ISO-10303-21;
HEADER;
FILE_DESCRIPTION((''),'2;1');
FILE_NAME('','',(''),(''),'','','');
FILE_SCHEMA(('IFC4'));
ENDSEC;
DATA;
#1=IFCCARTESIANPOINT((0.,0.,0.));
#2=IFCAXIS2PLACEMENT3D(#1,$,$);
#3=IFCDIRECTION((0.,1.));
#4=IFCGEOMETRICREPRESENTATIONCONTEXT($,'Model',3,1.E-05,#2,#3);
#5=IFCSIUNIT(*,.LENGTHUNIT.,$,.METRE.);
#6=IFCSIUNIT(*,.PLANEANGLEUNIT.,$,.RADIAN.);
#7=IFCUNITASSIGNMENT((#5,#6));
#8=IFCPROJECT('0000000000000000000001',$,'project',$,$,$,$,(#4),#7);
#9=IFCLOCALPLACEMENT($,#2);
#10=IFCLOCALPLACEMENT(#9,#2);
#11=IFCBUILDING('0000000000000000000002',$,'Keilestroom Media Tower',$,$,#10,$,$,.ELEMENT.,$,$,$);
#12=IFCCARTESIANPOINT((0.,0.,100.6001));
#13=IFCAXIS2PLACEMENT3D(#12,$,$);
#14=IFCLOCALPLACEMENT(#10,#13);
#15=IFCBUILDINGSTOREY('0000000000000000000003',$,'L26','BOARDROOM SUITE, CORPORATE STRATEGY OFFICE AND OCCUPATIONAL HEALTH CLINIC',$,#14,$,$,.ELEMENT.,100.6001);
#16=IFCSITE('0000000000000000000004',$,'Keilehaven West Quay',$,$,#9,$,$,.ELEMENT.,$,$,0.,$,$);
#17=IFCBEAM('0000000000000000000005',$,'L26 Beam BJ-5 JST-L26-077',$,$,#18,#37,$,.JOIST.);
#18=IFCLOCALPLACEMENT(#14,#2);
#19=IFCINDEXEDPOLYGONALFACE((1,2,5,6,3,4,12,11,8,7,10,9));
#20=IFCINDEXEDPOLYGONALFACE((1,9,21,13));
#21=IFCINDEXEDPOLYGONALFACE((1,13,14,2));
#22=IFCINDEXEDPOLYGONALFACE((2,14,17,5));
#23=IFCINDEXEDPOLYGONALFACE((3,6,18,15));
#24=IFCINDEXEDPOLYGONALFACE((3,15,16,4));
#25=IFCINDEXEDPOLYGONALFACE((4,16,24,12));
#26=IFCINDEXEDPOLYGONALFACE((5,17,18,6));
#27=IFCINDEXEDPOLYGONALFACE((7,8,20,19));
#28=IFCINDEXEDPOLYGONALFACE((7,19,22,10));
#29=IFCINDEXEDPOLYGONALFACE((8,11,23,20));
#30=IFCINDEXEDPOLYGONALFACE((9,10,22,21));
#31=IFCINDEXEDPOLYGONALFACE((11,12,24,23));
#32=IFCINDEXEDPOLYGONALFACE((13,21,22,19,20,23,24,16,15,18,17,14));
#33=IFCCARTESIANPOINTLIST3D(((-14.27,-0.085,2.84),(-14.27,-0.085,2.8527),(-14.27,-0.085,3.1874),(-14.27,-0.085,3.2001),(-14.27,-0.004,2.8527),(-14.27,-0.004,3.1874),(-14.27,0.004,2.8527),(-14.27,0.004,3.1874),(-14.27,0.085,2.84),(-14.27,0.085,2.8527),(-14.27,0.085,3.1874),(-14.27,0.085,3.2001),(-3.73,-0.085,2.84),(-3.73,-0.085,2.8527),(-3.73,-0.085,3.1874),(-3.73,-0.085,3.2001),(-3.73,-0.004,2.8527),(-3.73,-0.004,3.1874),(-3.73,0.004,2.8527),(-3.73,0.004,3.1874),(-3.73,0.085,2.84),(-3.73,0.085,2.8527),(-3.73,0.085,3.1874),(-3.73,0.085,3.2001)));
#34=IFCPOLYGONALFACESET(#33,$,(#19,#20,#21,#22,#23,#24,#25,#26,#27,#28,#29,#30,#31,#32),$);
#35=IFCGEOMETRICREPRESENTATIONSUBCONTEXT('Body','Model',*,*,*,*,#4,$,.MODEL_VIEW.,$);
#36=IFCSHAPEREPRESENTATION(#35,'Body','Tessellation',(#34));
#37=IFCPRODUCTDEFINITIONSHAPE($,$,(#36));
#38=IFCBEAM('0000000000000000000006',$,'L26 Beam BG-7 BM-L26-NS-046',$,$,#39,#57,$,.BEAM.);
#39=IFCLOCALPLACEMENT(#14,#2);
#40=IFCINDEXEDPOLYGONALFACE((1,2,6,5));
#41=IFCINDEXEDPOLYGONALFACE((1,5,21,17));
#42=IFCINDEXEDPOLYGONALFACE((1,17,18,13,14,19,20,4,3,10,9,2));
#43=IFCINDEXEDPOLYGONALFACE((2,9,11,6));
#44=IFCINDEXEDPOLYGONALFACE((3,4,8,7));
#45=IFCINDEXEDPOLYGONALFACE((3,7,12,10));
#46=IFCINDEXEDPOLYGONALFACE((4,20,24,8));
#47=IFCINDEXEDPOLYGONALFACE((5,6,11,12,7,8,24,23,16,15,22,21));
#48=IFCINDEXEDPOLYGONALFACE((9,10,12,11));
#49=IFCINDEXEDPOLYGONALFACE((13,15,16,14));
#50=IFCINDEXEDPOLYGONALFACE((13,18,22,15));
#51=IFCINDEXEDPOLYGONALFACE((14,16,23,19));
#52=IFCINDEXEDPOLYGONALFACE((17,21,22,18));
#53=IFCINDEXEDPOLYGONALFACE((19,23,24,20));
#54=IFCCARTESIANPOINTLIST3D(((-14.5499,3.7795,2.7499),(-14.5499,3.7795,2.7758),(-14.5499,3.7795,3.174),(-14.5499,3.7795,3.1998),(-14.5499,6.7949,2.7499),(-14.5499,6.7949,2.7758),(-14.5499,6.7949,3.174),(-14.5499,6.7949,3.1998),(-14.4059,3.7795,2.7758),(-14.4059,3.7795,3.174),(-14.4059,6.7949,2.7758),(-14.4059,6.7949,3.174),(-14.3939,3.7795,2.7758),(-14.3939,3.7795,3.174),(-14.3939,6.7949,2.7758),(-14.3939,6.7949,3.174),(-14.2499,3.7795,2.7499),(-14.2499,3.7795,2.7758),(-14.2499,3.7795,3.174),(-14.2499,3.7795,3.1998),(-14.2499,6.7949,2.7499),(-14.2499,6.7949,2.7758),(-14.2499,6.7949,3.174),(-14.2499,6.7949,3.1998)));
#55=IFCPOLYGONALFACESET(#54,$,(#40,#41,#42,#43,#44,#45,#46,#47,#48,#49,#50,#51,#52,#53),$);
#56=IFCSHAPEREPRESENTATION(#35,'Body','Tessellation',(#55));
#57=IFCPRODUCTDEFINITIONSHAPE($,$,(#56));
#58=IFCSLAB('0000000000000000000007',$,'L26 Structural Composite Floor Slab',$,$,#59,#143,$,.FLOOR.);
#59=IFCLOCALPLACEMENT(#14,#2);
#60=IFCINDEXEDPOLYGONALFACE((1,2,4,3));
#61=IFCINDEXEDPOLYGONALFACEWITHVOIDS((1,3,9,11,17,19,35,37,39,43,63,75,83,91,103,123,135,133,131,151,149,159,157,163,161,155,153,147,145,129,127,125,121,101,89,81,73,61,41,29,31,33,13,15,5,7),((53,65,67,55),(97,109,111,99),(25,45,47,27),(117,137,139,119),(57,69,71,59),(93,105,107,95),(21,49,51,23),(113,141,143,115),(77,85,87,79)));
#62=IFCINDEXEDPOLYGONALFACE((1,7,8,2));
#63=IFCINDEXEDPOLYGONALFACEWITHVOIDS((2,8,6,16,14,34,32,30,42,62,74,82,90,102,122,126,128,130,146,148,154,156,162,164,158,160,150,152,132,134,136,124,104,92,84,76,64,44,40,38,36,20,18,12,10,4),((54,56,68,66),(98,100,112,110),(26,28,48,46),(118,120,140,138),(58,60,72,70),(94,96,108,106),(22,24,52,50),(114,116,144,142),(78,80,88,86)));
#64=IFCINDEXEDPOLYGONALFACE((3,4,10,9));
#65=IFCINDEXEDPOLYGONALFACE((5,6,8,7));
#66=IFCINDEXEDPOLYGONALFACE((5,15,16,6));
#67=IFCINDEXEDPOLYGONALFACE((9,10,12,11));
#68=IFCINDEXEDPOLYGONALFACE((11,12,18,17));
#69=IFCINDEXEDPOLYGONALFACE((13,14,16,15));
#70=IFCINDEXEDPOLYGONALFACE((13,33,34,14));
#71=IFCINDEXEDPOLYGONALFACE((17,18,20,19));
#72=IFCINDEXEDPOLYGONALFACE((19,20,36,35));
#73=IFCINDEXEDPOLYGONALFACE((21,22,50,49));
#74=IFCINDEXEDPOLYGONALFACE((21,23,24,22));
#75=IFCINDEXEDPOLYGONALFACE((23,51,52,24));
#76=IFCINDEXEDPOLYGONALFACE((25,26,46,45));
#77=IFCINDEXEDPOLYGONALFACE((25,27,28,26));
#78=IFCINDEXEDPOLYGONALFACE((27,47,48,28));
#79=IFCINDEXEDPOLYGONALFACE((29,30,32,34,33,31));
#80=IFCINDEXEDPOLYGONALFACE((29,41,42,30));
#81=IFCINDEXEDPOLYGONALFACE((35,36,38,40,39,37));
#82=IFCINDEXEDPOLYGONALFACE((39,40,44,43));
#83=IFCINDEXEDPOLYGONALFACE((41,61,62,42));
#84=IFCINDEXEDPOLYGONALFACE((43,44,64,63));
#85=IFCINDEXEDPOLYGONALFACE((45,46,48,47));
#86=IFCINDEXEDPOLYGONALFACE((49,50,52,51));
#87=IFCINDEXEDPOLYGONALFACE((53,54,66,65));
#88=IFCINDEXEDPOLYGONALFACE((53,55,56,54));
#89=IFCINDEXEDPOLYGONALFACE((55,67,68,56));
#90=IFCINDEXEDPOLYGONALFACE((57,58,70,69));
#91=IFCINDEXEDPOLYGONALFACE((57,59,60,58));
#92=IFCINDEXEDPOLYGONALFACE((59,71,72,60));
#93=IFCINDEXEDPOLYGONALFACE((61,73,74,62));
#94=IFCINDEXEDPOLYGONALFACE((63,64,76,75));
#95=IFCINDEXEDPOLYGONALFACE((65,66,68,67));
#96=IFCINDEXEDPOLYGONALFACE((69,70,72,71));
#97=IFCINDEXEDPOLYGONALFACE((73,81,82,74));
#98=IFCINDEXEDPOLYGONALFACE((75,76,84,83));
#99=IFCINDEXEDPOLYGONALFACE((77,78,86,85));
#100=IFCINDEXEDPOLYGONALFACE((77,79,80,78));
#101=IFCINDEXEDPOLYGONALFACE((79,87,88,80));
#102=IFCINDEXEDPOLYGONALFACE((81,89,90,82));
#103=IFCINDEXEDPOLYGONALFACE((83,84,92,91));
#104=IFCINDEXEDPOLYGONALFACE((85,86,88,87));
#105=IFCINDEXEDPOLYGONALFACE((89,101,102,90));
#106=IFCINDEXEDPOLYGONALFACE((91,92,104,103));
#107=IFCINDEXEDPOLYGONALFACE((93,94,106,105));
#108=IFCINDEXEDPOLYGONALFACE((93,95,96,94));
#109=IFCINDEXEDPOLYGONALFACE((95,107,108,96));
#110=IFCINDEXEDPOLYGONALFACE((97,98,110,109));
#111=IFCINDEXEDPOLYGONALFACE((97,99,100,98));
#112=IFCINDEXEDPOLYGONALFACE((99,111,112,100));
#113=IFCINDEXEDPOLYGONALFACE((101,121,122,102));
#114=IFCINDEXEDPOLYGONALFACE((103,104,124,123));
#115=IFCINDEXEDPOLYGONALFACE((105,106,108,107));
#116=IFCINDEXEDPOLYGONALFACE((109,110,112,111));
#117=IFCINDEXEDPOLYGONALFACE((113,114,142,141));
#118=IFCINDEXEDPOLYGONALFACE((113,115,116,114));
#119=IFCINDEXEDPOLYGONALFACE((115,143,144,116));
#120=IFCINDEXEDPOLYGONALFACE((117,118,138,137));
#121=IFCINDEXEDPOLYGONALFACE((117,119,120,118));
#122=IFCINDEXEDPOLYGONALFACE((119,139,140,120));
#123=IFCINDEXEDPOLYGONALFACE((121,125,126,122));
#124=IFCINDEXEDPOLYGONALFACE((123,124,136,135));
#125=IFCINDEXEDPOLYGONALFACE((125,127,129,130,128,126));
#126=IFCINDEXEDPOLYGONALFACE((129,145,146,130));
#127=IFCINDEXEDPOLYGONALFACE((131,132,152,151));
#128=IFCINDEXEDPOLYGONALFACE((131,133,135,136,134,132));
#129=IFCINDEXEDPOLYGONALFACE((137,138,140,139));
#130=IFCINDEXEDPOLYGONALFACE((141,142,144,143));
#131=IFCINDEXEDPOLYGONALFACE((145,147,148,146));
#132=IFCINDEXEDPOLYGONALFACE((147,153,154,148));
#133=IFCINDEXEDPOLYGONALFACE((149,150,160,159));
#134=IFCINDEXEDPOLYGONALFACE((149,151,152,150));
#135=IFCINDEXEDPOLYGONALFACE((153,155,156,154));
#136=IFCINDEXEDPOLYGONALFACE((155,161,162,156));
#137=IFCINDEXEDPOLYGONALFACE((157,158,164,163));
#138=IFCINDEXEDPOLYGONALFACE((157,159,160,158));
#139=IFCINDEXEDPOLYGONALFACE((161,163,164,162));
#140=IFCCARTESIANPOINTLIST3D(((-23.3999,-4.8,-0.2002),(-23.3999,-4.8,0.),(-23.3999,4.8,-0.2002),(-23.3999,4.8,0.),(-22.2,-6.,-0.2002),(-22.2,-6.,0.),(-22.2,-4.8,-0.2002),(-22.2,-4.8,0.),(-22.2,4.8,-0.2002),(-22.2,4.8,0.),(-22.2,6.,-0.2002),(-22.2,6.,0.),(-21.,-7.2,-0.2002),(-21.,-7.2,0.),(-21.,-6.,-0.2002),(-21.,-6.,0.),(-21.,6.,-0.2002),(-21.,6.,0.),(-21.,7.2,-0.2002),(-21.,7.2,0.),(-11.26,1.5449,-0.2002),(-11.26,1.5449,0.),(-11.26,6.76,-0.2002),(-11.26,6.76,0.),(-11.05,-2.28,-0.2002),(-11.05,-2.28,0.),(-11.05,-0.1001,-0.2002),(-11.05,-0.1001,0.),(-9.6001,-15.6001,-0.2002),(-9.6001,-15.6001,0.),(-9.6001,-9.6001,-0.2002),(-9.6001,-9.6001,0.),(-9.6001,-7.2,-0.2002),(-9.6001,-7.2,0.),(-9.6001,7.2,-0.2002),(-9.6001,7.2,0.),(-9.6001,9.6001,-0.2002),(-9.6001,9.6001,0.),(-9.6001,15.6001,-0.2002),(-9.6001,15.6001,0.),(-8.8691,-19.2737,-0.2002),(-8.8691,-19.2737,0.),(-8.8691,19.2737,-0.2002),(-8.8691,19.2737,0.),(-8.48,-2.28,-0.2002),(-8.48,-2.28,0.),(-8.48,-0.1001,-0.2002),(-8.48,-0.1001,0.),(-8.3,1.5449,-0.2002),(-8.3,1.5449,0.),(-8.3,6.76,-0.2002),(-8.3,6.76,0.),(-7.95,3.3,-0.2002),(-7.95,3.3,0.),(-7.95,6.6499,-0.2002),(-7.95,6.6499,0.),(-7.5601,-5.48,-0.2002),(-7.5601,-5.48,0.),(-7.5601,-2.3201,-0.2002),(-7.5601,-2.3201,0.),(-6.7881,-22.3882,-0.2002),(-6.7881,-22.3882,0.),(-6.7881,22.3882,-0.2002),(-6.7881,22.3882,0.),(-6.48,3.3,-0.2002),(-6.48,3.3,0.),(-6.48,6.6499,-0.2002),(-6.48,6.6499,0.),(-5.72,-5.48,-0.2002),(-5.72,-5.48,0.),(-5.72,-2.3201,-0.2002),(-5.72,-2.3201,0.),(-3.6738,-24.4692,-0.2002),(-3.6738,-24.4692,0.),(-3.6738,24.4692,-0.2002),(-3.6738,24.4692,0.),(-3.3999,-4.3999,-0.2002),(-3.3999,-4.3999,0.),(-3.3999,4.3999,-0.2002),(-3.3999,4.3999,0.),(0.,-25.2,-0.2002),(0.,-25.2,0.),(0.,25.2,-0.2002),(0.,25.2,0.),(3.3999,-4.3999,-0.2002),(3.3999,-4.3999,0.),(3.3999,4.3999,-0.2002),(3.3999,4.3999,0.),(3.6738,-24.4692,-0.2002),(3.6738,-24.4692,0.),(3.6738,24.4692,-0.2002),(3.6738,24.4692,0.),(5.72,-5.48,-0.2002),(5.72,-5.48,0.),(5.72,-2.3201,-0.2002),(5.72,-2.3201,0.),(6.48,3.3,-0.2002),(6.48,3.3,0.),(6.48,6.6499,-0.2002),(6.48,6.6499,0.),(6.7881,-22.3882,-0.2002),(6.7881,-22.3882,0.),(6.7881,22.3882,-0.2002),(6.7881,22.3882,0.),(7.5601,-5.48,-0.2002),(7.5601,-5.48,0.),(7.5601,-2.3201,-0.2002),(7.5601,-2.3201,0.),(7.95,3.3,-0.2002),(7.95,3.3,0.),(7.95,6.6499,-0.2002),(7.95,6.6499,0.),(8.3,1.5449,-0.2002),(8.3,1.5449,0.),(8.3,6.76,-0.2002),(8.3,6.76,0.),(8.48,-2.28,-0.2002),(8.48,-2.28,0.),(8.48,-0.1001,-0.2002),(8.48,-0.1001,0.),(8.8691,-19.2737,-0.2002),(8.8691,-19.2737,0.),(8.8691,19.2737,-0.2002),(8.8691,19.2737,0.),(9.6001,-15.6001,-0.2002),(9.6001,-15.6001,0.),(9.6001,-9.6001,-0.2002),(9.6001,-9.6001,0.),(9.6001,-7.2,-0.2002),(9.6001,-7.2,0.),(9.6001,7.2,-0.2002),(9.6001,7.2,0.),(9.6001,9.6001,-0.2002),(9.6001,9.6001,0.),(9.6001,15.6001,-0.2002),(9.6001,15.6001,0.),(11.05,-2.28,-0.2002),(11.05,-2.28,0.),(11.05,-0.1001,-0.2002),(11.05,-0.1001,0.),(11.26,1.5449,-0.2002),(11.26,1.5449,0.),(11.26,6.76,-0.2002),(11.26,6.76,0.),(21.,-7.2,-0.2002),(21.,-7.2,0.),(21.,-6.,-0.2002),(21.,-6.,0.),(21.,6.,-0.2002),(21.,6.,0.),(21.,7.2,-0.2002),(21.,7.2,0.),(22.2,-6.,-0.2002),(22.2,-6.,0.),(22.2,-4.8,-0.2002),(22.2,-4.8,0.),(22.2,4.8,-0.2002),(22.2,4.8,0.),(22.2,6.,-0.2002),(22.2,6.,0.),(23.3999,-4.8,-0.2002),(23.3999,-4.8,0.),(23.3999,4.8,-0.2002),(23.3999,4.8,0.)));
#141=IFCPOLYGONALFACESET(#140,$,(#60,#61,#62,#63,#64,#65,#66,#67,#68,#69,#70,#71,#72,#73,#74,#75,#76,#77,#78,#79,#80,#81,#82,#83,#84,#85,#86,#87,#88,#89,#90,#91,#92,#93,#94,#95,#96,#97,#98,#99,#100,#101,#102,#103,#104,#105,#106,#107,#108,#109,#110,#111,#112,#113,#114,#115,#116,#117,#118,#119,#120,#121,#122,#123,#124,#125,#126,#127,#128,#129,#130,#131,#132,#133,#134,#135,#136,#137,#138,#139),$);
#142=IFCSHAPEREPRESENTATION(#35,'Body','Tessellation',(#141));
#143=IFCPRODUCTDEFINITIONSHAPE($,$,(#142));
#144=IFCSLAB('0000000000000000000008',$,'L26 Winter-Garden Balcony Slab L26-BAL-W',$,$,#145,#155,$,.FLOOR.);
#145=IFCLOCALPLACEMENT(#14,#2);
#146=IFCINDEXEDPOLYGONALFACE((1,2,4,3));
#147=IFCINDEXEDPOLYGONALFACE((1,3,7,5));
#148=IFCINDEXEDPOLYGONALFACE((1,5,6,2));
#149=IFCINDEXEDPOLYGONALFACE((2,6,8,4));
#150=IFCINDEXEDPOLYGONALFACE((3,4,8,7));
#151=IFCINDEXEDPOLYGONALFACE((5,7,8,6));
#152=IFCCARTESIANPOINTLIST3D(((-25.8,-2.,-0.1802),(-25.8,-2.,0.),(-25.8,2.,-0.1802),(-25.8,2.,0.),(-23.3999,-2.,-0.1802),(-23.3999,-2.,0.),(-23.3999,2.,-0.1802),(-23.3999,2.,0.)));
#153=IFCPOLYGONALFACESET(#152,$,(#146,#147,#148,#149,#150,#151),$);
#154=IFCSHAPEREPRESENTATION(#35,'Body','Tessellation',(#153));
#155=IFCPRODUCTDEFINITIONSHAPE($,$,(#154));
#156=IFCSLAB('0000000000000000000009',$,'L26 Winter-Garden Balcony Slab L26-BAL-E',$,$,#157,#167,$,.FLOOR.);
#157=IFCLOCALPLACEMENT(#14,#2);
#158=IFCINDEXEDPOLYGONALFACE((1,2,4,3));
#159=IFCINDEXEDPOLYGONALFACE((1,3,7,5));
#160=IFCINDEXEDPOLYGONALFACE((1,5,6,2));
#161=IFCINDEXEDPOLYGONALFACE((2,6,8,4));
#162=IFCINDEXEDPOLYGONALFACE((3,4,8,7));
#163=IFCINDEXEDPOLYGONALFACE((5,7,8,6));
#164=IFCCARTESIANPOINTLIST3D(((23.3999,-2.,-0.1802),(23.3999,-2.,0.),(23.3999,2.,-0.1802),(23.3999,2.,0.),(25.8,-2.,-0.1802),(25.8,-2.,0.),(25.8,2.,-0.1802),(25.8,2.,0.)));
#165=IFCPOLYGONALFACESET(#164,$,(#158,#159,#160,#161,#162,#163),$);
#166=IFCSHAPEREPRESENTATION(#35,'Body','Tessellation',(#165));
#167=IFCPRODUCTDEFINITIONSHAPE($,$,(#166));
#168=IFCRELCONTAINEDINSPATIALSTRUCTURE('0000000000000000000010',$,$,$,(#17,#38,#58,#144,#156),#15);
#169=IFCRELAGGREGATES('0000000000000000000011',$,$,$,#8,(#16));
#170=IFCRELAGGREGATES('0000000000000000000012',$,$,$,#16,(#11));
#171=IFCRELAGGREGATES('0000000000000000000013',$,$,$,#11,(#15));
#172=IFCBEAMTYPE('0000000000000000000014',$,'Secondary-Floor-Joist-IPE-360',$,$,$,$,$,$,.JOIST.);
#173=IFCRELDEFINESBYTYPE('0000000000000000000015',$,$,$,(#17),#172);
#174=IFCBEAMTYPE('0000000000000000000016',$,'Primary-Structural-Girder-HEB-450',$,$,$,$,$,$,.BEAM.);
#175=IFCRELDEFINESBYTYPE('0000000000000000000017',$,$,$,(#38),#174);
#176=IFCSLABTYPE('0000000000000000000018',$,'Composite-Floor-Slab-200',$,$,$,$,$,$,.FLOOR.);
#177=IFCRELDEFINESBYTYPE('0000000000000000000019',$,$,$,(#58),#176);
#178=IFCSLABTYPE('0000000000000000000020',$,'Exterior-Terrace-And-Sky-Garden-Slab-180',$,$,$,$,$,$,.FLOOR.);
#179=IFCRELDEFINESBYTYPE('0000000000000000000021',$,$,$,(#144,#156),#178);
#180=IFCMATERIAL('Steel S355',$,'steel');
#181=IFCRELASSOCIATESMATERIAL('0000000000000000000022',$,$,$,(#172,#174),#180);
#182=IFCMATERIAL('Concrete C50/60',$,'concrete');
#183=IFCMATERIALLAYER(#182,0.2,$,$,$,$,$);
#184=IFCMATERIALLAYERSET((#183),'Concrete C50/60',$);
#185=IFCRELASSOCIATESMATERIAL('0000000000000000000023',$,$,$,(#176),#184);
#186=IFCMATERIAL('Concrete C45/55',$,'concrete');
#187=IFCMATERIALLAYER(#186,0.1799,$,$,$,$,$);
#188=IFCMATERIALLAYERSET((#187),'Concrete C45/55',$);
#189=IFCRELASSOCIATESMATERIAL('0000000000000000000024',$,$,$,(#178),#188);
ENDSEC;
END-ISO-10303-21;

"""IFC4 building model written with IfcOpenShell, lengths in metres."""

from ifc_helpers import new_model, si_unit, direction, frame, origin, origin_2d, place, context, subcontext, project, spatial, polyline, i_section, outline, extrude, source, transform, mapped, material, layer, layer_set, material_profile, profile_set, type_object, element, save


model = new_model("IFC4")

# Units and contexts
model_context = context("Model", 3, precision=1e-05, world=origin(), true_north=direction((0.0, 1.0)))
body_context = subcontext(model_context, "Body", "Model", "MODEL_VIEW")
ifc_project = project(units=[si_unit("LENGTHUNIT", "METRE"), si_unit("PLANEANGLEUNIT", "RADIAN")], contexts=[model_context])

# Site, building, storey
site_placement = place(None, origin())
site = spatial("IfcSite", under=ifc_project, at=site_placement, Name="Keilehaven West Quay", CompositionType="ELEMENT", RefElevation=0.0)
building_placement = place(site_placement, origin())
building = spatial("IfcBuilding", under=site, at=building_placement, Name="Keilestroom Media Tower", CompositionType="ELEMENT")
storey_placement = place(building_placement, frame((0.0, 0.0, 100.6001)))
storey = spatial("IfcBuildingStorey", under=building, at=storey_placement, Name="L26", Description="BOARDROOM SUITE, CORPORATE STRATEGY OFFICE AND OCCUPATIONAL HEALTH CLINIC", CompositionType="ELEMENT", Elevation=100.6001)

# Beams
ifc_material_1 = material(Name="Steel S355", Category="steel")
ifc_material_profile_1 = material_profile(ifc_material_1, i_section(OverallWidth=0.1699, OverallDepth=0.3601, WebThickness=0.0081, FlangeThickness=0.0127, at=origin_2d()), Name="IPE 360")
ifc_profile_set_1 = profile_set([ifc_material_profile_1], Name="Steel S355")
beam_type_1 = type_object("IfcBeamType", Name="Secondary-Floor-Joist-IPE-360", PredefinedType="JOIST", material=ifc_profile_set_1)
shared_shape_1 = source(origin(), body_context, "Body", "SweptSolid", [
    extrude(i_section(OverallWidth=0.1699, OverallDepth=0.3601, WebThickness=0.0081, FlangeThickness=0.0127, at=origin_2d()), origin(), (0.0, 0.0, 1.0), 10.54),
])
beam_1_placement = place(storey_placement, frame((-14.27, 0.0, 3.02), z_axis=(1.0, 0.0, 0.0), x_axis=(0.0, 1.0, 0.0)))
element("IfcBeam", 1, at=beam_1_placement, inside=storey, type_object=beam_type_1, Name="L26 Beam BJ-5 JST-L26-077", PredefinedType="JOIST", context=body_context, shape_type="MappedRepresentation", body=[
    mapped(shared_shape_1, transform((0.0, 0.0, 0.0), x_axis=(1.0, 0.0, 0.0), y_axis=(0.0, 1.0, 0.0), z_axis=(0.0, 0.0, 1.0), scale=1.0)),
])
ifc_material_profile_2 = material_profile(ifc_material_1, i_section(OverallWidth=0.3, OverallDepth=0.45, WebThickness=0.012, FlangeThickness=0.0259, at=origin_2d()), Name="HEB 450")
ifc_profile_set_2 = profile_set([ifc_material_profile_2], Name="Steel S355")
beam_type_2 = type_object("IfcBeamType", Name="Primary-Structural-Girder-HEB-450", PredefinedType="BEAM", material=ifc_profile_set_2)
shared_shape_2 = source(origin(), body_context, "Body", "SweptSolid", [
    extrude(i_section(OverallWidth=0.3, OverallDepth=0.45, WebThickness=0.012, FlangeThickness=0.0259, at=origin_2d()), origin(), (0.0, 0.0, 1.0), 3.0154),
])
beam_2_placement = place(storey_placement, frame((-14.3999, 3.7795, 2.9749), z_axis=(0.0, 1.0, 0.0), x_axis=(-1.0, 0.0, 0.0)))
element("IfcBeam", 2, at=beam_2_placement, inside=storey, type_object=beam_type_2, Name="L26 Beam BG-7 BM-L26-NS-046", PredefinedType="BEAM", context=body_context, shape_type="MappedRepresentation", body=[
    mapped(shared_shape_2, transform((0.0, 0.0, 0.0), x_axis=(1.0, 0.0, 0.0), y_axis=(0.0, 1.0, 0.0), z_axis=(0.0, 0.0, 1.0), scale=1.0)),
])

# Slabs
ifc_material_2 = material(Name="Concrete C50/60", Category="concrete")
ifc_layer_1 = layer(ifc_material_2, 0.2)
ifc_layer_set_1 = layer_set([ifc_layer_1], Name="Concrete C50/60")
slab_type_1 = type_object("IfcSlabType", Name="Composite-Floor-Slab-200", PredefinedType="FLOOR", material=ifc_layer_set_1)
slab_1_placement = place(storey_placement, frame((0.0, 0.0, -0.2002)))
element("IfcSlab", 3, at=slab_1_placement, inside=storey, type_object=slab_type_1, Name="L26 Structural Composite Floor Slab", PredefinedType="FLOOR", context=body_context, shape_type="SweptSolid", body=[
    extrude(outline(polyline([(23.3999, -4.8), (23.3999, 4.8), (22.2, 4.8), (22.2, 6.0), (21.0, 6.0), (21.0, 7.2), (9.6001, 7.2), (9.6001, 9.6001), (9.6001, 15.6001), (8.8691, 19.2737), (6.7881, 22.3882), (3.6738, 24.4692), (0.0, 25.2), (-3.6738, 24.4692), (-6.7881, 22.3882), (-8.8691, 19.2737), (-9.6001, 15.6001), (-9.6001, 9.6001), (-9.6001, 7.2), (-21.0, 7.2), (-21.0, 6.0), (-22.2, 6.0), (-22.2, 4.8), (-23.3999, 4.8), (-23.3999, -4.8), (-22.2, -4.8), (-22.2, -6.0), (-21.0, -6.0), (-21.0, -7.2), (-9.6001, -7.2), (-9.6001, -9.6001), (-9.6001, -15.6001), (-8.8691, -19.2737), (-6.7881, -22.3882), (-3.6738, -24.4692), (0.0, -25.2), (3.6738, -24.4692), (6.7881, -22.3882), (8.8691, -19.2737), (9.6001, -15.6001), (9.6001, -9.6001), (9.6001, -7.2), (21.0, -7.2), (21.0, -6.0), (22.2, -6.0), (22.2, -4.8), (23.3999, -4.8)]), holes=[polyline([(-11.26, 1.5449), (-11.26, 6.76), (-8.3, 6.76), (-8.3, 1.5449), (-11.26, 1.5449)]), polyline([(-11.05, -2.28), (-11.05, -0.1001), (-8.48, -0.1001), (-8.48, -2.28), (-11.05, -2.28)]), polyline([(-7.95, 3.3), (-7.95, 6.6499), (-6.48, 6.6499), (-6.48, 3.3), (-7.95, 3.3)]), polyline([(-7.5601, -2.3201), (-5.72, -2.3201), (-5.72, -5.48), (-7.5601, -5.48), (-7.5601, -2.3201)]), polyline([(3.3999, -4.3999), (-3.3999, -4.3999), (-3.3999, 4.3999), (3.3999, 4.3999), (3.3999, -4.3999)]), polyline([(7.5601, -2.3201), (7.5601, -5.48), (5.72, -5.48), (5.72, -2.3201), (7.5601, -2.3201)]), polyline([(6.48, 3.3), (6.48, 6.6499), (7.95, 6.6499), (7.95, 3.3), (6.48, 3.3)]), polyline([(8.3, 1.5449), (8.3, 6.76), (11.26, 6.76), (11.26, 1.5449), (8.3, 1.5449)]), polyline([(8.48, -2.28), (8.48, -0.1001), (11.05, -0.1001), (11.05, -2.28), (8.48, -2.28)])]), origin(), (0.0, 0.0, 1.0), 0.2002),
])
ifc_material_3 = material(Name="Concrete C45/55", Category="concrete")
ifc_layer_2 = layer(ifc_material_3, 0.1799)
ifc_layer_set_2 = layer_set([ifc_layer_2], Name="Concrete C45/55")
slab_type_2 = type_object("IfcSlabType", Name="Exterior-Terrace-And-Sky-Garden-Slab-180", PredefinedType="FLOOR", material=ifc_layer_set_2)
slab_2_placement = place(storey_placement, frame((0.0, 0.0, -0.1802)))
element("IfcSlab", 4, at=slab_2_placement, inside=storey, type_object=slab_type_2, Name="L26 Winter-Garden Balcony Slab L26-BAL-W", PredefinedType="FLOOR", context=body_context, shape_type="SweptSolid", body=[
    extrude(outline(polyline([(-25.8, -2.0), (-23.3999, -2.0), (-23.3999, 2.0), (-25.8, 2.0), (-25.8, -2.0)])), origin(), (0.0, 0.0, 1.0), 0.1802),
])
slab_3_placement = place(storey_placement, frame((0.0, 0.0, -0.1802)))
element("IfcSlab", 5, at=slab_3_placement, inside=storey, type_object=slab_type_2, Name="L26 Winter-Garden Balcony Slab L26-BAL-E", PredefinedType="FLOOR", context=body_context, shape_type="SweptSolid", body=[
    extrude(outline(polyline([(23.3999, -2.0), (25.8, -2.0), (25.8, 2.0), (23.3999, 2.0), (23.3999, -2.0)])), origin(), (0.0, 0.0, 1.0), 0.1802),
])

save(model, "model.ifc")
